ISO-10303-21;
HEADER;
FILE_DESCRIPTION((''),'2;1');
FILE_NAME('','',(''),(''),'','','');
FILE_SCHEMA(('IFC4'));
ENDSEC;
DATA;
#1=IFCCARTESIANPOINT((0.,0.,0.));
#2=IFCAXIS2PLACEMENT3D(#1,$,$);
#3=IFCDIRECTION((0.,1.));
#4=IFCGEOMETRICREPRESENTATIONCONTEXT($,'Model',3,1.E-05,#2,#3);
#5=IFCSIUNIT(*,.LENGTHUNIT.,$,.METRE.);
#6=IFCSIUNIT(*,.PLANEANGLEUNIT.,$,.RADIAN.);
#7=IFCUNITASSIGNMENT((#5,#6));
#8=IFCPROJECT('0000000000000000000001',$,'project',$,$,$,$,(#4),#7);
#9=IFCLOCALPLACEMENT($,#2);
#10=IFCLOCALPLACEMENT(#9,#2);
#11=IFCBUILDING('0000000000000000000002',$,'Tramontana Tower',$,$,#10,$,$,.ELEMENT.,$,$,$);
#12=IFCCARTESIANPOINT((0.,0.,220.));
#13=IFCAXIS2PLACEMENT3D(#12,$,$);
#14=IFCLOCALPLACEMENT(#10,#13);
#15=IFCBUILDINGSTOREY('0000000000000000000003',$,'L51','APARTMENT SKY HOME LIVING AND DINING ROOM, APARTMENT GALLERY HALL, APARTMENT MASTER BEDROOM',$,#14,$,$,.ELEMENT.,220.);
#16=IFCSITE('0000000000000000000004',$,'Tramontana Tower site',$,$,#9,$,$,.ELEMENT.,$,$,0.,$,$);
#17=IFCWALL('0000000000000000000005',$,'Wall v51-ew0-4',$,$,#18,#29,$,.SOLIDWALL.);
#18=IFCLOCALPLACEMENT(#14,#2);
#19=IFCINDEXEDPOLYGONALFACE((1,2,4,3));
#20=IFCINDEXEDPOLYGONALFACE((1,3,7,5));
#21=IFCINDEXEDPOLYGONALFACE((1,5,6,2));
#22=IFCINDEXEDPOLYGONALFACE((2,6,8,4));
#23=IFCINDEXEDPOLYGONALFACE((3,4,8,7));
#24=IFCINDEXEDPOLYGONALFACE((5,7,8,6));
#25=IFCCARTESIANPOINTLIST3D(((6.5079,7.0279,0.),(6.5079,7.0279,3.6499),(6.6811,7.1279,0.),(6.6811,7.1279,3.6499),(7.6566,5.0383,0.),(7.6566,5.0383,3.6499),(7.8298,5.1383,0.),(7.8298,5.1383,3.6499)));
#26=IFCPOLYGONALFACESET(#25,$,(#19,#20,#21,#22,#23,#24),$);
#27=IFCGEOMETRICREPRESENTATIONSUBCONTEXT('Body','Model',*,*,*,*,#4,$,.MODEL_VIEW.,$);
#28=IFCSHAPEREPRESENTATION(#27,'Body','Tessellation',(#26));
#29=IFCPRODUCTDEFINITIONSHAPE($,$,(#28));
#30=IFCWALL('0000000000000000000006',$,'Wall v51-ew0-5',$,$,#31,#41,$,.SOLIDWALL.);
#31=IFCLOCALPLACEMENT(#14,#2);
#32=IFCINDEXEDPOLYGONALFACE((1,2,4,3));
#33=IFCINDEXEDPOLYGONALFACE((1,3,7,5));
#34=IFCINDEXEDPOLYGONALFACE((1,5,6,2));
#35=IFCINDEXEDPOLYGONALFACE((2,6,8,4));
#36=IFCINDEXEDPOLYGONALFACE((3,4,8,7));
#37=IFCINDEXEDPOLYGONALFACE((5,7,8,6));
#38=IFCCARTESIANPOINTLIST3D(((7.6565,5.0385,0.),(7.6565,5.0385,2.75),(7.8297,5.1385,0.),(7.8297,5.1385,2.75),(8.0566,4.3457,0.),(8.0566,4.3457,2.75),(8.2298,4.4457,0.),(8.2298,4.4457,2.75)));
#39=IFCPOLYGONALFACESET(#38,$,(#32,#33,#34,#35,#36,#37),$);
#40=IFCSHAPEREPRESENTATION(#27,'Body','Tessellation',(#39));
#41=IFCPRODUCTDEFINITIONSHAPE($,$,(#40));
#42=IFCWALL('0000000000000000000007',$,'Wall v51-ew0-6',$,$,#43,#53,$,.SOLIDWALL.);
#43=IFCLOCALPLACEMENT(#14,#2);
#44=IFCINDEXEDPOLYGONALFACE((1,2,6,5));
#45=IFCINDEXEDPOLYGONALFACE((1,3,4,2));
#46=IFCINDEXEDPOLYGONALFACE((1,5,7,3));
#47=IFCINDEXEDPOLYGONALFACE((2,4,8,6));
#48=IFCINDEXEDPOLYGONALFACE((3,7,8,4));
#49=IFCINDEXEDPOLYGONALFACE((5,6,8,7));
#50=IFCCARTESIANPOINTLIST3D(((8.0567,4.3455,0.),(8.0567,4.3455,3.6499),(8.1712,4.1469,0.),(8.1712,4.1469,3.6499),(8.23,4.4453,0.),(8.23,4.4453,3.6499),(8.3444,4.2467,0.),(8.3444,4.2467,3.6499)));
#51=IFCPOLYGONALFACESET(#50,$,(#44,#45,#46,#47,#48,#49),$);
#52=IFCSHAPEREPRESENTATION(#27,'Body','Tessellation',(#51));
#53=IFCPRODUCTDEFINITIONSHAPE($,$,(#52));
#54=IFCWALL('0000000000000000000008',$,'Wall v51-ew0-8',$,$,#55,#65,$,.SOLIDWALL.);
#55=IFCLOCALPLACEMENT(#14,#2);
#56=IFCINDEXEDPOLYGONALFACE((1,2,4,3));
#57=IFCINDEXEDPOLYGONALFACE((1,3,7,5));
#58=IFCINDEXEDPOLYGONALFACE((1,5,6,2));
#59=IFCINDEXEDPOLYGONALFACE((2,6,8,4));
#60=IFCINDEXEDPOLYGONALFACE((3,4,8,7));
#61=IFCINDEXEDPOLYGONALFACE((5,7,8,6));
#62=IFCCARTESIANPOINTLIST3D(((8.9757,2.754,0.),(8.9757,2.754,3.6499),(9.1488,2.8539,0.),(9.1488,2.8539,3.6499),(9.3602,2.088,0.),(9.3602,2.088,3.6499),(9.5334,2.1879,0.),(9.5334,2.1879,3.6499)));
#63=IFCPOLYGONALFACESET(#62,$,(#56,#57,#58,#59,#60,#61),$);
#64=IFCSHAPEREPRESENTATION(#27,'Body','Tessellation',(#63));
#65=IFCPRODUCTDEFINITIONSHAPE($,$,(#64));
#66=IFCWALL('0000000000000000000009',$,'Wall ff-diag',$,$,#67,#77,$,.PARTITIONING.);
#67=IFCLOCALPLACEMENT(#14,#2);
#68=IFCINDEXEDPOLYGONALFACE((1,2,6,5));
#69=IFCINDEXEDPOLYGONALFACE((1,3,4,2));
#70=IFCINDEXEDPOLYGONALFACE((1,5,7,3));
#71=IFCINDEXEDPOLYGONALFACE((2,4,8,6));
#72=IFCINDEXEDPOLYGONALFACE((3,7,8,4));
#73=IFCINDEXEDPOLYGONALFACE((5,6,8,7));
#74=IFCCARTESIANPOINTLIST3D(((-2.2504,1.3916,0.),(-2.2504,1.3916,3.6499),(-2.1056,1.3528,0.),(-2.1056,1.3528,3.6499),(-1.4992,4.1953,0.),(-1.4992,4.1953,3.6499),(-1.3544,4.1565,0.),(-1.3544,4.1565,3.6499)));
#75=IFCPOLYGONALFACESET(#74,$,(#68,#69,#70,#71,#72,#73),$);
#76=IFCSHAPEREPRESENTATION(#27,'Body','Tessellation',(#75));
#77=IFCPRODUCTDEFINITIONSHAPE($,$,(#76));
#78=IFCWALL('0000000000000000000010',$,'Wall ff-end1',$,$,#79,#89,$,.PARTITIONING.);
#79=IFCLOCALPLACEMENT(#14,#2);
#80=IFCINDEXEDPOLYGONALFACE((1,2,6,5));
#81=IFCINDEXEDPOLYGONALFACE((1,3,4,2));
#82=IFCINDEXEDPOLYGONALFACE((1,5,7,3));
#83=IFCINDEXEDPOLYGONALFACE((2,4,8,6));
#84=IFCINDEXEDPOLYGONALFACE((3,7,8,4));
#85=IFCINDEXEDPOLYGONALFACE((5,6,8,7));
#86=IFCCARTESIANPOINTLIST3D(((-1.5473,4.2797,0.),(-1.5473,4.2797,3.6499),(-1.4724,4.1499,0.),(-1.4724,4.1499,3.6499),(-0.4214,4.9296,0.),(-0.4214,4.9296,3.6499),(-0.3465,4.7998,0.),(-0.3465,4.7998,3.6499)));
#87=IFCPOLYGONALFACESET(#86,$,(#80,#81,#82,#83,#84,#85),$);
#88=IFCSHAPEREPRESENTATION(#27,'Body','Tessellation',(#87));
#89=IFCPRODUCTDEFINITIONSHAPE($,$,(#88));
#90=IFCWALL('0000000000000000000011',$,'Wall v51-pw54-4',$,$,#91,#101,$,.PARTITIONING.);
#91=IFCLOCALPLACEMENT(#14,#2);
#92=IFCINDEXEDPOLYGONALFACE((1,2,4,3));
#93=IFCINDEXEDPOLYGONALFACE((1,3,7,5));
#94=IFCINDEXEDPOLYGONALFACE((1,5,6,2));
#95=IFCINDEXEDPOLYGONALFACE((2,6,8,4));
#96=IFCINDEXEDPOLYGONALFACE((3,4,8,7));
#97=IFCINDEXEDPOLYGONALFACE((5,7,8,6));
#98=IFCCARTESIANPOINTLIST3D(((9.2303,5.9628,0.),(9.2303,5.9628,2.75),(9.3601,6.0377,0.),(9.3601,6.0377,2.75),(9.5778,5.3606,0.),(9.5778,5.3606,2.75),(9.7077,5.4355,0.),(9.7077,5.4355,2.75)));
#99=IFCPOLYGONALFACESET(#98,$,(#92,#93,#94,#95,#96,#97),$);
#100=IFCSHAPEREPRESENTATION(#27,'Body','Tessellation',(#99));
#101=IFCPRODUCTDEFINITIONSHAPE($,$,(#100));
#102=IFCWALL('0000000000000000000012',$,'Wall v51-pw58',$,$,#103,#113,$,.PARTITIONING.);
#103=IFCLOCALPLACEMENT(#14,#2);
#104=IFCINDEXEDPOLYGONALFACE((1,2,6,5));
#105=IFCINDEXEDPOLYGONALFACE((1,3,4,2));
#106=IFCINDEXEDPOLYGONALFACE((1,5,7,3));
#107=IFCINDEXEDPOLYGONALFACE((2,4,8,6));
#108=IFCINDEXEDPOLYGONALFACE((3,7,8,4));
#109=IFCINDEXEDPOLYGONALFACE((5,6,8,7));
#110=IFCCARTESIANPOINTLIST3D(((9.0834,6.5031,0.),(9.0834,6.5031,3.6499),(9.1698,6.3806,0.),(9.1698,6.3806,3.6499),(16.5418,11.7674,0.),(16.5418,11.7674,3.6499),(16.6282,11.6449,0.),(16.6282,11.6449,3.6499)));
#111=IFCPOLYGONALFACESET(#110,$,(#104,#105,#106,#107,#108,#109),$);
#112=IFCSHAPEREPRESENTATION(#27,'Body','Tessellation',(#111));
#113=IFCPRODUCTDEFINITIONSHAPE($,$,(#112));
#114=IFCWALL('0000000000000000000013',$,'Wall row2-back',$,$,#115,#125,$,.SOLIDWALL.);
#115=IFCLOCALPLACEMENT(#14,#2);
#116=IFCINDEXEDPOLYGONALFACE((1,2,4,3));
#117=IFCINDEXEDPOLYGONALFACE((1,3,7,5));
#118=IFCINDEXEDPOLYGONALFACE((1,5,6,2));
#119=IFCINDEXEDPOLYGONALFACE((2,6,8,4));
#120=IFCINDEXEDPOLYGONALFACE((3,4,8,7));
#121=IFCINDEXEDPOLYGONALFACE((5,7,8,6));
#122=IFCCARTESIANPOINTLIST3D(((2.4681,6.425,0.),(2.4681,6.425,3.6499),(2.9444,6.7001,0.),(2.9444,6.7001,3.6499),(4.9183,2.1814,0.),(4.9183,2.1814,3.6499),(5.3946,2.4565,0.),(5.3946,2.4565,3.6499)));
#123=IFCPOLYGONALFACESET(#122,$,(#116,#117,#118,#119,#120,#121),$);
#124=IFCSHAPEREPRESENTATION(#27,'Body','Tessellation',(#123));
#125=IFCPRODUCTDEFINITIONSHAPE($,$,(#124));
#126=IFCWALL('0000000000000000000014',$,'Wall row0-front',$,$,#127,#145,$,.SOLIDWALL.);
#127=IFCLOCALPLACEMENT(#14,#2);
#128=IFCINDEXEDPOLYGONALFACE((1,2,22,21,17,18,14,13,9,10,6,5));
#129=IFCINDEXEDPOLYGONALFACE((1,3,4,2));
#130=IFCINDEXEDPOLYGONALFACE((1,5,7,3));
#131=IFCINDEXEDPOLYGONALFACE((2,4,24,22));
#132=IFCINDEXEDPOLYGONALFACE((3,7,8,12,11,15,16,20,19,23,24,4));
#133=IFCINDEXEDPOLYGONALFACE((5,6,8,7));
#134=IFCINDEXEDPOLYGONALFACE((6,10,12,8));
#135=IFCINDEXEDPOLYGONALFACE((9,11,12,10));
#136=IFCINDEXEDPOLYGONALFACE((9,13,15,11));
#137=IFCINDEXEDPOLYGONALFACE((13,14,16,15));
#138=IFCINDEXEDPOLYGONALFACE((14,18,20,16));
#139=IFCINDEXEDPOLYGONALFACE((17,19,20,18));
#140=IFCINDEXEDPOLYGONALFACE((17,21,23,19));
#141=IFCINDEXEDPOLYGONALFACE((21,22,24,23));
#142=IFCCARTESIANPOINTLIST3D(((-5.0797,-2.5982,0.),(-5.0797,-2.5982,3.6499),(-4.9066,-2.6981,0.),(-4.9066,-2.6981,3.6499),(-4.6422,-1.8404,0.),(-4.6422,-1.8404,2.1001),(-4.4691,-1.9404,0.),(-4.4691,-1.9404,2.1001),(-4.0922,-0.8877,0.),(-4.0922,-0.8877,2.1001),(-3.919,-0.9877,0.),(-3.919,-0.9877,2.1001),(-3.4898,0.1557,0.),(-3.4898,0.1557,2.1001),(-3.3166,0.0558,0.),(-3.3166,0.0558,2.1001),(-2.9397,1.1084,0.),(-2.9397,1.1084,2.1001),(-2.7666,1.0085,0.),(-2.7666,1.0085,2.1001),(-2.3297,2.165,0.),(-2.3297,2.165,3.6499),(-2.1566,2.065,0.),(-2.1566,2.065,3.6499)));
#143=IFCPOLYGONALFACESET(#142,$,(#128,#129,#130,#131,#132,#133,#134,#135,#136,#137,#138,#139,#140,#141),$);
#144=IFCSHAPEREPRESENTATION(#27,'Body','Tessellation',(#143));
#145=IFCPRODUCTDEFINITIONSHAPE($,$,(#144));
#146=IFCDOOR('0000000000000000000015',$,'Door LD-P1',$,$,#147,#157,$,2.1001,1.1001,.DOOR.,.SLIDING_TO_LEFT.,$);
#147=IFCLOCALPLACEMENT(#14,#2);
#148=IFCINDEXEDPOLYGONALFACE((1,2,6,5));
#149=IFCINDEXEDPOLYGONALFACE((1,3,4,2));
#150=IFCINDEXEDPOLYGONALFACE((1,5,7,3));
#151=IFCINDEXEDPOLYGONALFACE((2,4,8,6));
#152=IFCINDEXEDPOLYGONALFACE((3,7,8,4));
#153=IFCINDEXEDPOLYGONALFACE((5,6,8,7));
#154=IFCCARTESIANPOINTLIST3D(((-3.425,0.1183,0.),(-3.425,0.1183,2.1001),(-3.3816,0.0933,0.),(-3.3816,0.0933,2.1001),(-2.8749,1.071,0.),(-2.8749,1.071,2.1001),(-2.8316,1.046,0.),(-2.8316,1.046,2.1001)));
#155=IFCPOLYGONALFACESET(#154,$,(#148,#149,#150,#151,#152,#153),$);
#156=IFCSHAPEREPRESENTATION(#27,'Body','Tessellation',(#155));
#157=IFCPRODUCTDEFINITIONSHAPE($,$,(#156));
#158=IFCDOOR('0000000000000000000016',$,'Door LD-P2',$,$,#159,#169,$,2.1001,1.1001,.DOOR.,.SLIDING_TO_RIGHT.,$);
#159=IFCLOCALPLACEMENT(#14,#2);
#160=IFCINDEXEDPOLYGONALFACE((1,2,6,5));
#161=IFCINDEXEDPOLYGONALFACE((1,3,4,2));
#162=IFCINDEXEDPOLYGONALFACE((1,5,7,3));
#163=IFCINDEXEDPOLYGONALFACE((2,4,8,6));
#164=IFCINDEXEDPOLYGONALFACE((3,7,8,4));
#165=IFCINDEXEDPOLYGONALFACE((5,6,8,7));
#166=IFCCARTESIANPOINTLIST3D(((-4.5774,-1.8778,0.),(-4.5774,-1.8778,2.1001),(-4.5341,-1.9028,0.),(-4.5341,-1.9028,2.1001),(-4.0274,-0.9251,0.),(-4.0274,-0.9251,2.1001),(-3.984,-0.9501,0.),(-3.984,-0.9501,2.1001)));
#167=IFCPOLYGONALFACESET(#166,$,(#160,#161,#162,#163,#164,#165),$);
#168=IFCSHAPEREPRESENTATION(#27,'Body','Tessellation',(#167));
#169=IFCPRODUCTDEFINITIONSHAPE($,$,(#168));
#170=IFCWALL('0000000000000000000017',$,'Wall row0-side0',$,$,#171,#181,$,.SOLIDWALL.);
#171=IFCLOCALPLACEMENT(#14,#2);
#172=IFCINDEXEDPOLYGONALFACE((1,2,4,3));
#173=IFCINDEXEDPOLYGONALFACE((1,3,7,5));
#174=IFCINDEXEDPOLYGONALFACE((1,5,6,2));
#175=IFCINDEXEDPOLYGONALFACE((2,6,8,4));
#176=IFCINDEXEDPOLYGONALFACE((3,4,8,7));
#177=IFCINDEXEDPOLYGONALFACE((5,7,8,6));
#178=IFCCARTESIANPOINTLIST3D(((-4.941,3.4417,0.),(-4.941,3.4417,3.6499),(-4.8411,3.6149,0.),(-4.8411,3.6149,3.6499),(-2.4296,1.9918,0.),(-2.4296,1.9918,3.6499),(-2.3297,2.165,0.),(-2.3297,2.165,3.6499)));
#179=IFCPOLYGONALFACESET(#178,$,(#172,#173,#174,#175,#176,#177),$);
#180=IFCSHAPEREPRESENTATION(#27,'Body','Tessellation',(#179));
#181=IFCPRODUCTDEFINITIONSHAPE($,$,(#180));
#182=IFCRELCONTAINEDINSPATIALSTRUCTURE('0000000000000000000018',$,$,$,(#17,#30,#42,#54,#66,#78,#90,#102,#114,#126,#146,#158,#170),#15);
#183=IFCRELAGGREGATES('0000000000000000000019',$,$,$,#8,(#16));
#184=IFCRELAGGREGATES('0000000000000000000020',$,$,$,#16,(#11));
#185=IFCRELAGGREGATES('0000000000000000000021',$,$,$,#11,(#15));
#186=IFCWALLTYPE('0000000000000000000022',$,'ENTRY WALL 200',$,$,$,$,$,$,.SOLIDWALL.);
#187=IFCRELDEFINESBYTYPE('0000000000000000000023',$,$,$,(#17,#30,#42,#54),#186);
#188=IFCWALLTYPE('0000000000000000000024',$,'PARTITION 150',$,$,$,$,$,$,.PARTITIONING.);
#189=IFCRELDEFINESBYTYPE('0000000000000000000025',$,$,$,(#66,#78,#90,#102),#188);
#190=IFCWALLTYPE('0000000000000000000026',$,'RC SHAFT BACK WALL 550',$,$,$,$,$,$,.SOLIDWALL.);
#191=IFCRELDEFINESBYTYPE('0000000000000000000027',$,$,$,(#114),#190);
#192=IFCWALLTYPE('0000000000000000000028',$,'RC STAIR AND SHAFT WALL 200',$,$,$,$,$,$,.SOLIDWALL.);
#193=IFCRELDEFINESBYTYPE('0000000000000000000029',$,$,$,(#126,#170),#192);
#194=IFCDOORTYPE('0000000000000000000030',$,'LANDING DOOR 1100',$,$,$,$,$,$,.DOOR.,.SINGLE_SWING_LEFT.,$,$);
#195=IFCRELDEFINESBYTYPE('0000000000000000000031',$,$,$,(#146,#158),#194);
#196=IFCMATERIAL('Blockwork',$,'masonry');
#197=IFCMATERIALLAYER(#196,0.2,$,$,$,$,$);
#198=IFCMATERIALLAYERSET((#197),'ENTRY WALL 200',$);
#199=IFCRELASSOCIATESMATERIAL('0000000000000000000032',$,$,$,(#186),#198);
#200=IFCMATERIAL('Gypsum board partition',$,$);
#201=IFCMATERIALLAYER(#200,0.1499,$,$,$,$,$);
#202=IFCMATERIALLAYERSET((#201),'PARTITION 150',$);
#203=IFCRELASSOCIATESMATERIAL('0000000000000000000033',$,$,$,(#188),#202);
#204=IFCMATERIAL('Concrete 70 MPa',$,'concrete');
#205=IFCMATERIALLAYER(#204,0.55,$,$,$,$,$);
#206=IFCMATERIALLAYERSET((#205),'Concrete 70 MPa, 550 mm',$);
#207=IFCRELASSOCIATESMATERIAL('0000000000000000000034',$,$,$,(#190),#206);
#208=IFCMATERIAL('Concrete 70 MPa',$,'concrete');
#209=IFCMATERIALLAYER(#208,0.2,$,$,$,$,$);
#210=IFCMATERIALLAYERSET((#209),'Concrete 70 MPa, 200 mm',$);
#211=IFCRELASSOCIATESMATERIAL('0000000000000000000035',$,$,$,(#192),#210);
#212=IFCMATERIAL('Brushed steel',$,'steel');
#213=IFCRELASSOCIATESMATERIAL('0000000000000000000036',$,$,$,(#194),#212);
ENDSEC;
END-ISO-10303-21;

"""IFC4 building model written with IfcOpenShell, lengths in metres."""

from ifc_helpers import new_model, si_unit, direction, frame, frame_2d, origin, place, context, subcontext, project, spatial, rectangle, extrude, material, layer, layer_set, type_object, element, fill, save


model = new_model("IFC4")

# Units and contexts
model_context = context("Model", 3, precision=1e-05, world=origin(), true_north=direction((0.0, 1.0)))
body_context = subcontext(model_context, "Body", "Model", "MODEL_VIEW")
ifc_project = project(units=[si_unit("LENGTHUNIT", "METRE"), si_unit("PLANEANGLEUNIT", "RADIAN")], contexts=[model_context])

# Site, building, storey
site_placement = place(None, origin())
site = spatial("IfcSite", under=ifc_project, at=site_placement, Name="Tramontana Tower site", CompositionType="ELEMENT", RefElevation=0.0)
building_placement = place(site_placement, origin())
building = spatial("IfcBuilding", under=site, at=building_placement, Name="Tramontana Tower", CompositionType="ELEMENT")
storey_placement = place(building_placement, frame((0.0, 0.0, 220.0)))
storey = spatial("IfcBuildingStorey", under=building, at=storey_placement, Name="L51", Description="APARTMENT SKY HOME LIVING AND DINING ROOM, APARTMENT GALLERY HALL, APARTMENT MASTER BEDROOM", CompositionType="ELEMENT", Elevation=220.0)

# Walls
ifc_material_1 = material(Name="Blockwork", Category="masonry")
ifc_layer_1 = layer(ifc_material_1, 0.2)
ifc_layer_set_1 = layer_set([ifc_layer_1], Name="ENTRY WALL 200")
wall_type_1 = type_object("IfcWallType", Name="ENTRY WALL 200", PredefinedType="SOLIDWALL", material=ifc_layer_set_1)
wall_1_placement = place(storey_placement, frame((6.5945, 7.0779, 0.0), z_axis=(0.0, 0.0, 1.0), x_axis=(0.500014, -0.866017, 0.0)))
element("IfcWall", 1, at=wall_1_placement, inside=storey, type_object=wall_type_1, Name="Wall v51-ew0-4", PredefinedType="SOLIDWALL", context=body_context, shape_type="SweptSolid", body=[
    extrude(rectangle(XDim=2.2974, YDim=0.2, at=frame_2d((1.1487, 0.0))), origin(), (0.0, 0.0, 1.0), 3.6499),
])
wall_2_placement = place(storey_placement, frame((7.7432, 5.0884, 0.0), z_axis=(0.0, 0.0, 1.0), x_axis=(0.50011, -0.865962, 0.0)))
element("IfcWall", 2, at=wall_2_placement, inside=storey, type_object=wall_type_1, Name="Wall v51-ew0-5", PredefinedType="SOLIDWALL", context=body_context, shape_type="SweptSolid", body=[
    extrude(rectangle(XDim=0.8, YDim=0.2, at=frame_2d((0.3999, 0.0))), origin(), (0.0, 0.0, 1.0), 2.75),
])
wall_3_placement = place(storey_placement, frame((8.1433, 4.3955, 0.0), z_axis=(0.0, 0.0, 1.0), x_axis=(0.499231, -0.866469, 0.0)))
element("IfcWall", 3, at=wall_3_placement, inside=storey, type_object=wall_type_1, Name="Wall v51-ew0-6", PredefinedType="SOLIDWALL", context=body_context, shape_type="SweptSolid", body=[
    extrude(rectangle(XDim=0.2292, YDim=0.2, at=frame_2d((0.1147, 0.0))), origin(), (0.0, 0.0, 1.0), 3.6499),
])

# Walls
wall_4_placement = place(storey_placement, frame((9.0623, 2.804, 0.0), z_axis=(0.0, 0.0, 1.0), x_axis=(0.499997, -0.866027, 0.0)))
element("IfcWall", 4, at=wall_4_placement, inside=storey, type_object=wall_type_1, Name="Wall v51-ew0-8", PredefinedType="SOLIDWALL", context=body_context, shape_type="SweptSolid", body=[
    extrude(rectangle(XDim=0.769, YDim=0.2, at=frame_2d((0.3845, 0.0))), origin(), (0.0, 0.0, 1.0), 3.6499),
])
ifc_material_2 = material(Name="Gypsum board partition")
ifc_layer_2 = layer(ifc_material_2, 0.1499)
ifc_layer_set_2 = layer_set([ifc_layer_2], Name="PARTITION 150")
wall_type_2 = type_object("IfcWallType", Name="PARTITION 150", PredefinedType="PARTITIONING", material=ifc_layer_set_2)
wall_5_placement = place(storey_placement, frame((-2.178, 1.3723, 0.0), z_axis=(0.0, 0.0, 1.0), x_axis=(0.258809, 0.965929, 0.0)))
element("IfcWall", 5, at=wall_5_placement, inside=storey, type_object=wall_type_2, Name="Wall ff-diag", PredefinedType="PARTITIONING", context=body_context, shape_type="SweptSolid", body=[
    extrude(rectangle(XDim=2.9026, YDim=0.1499, at=frame_2d((1.4512, 0.0))), origin(), (0.0, 0.0, 1.0), 3.6499),
])
wall_6_placement = place(storey_placement, frame((-1.5098, 4.2148, 0.0), z_axis=(0.0, 0.0, 1.0), x_axis=(0.866086, 0.499896, 0.0)))
element("IfcWall", 6, at=wall_6_placement, inside=storey, type_object=wall_type_2, Name="Wall ff-end1", PredefinedType="PARTITIONING", context=body_context, shape_type="SweptSolid", body=[
    extrude(rectangle(XDim=1.3, YDim=0.1499, at=frame_2d((0.6499, 0.0))), origin(), (0.0, 0.0, 1.0), 3.6499),
])
wall_7_placement = place(storey_placement, frame((9.2952, 6.0002, 0.0), z_axis=(0.0, 0.0, 1.0), x_axis=(0.499915, -0.866075, 0.0)))
element("IfcWall", 7, at=wall_7_placement, inside=storey, type_object=wall_type_2, Name="Wall v51-pw54-4", PredefinedType="PARTITIONING", context=body_context, shape_type="SweptSolid", body=[
    extrude(rectangle(XDim=0.6953, YDim=0.1499, at=frame_2d((0.3477, 0.0))), origin(), (0.0, 0.0, 1.0), 2.75),
])
wall_8_placement = place(storey_placement, frame((9.1267, 6.4419, 0.0), z_axis=(0.0, 0.0, 1.0), x_axis=(0.816989, 0.576653, 0.0)))
element("IfcWall", 8, at=wall_8_placement, inside=storey, type_object=wall_type_2, Name="Wall v51-pw58", PredefinedType="PARTITIONING", context=body_context, shape_type="SweptSolid", body=[
    extrude(rectangle(XDim=9.1292, YDim=0.1499, at=frame_2d((4.5645, 0.0))), origin(), (0.0, 0.0, 1.0), 3.6499),
])
ifc_material_3 = material(Name="Concrete 70 MPa", Category="concrete")
ifc_layer_3 = layer(ifc_material_3, 0.55)
ifc_layer_set_3 = layer_set([ifc_layer_3], Name="Concrete 70 MPa, 550 mm")
wall_type_3 = type_object("IfcWallType", Name="RC SHAFT BACK WALL 550", PredefinedType="SOLIDWALL", material=ifc_layer_set_3)
wall_9_placement = place(storey_placement, frame((5.1565, 2.3188, 0.0), z_axis=(0.0, 0.0, 1.0), x_axis=(-0.500019, 0.866015, 0.0)))
element("IfcWall", 9, at=wall_9_placement, inside=storey, type_object=wall_type_3, Name="Wall row2-back", PredefinedType="SOLIDWALL", context=body_context, shape_type="SweptSolid", body=[
    extrude(rectangle(XDim=4.9001, YDim=0.55, at=frame_2d((2.4502, 0.0))), origin(), (0.0, 0.0, 1.0), 3.6499),
])

# Shared definitions
ifc_material_4 = material(Name="Concrete 70 MPa", Category="concrete")
ifc_layer_4 = layer(ifc_material_4, 0.2)
ifc_layer_set_4 = layer_set([ifc_layer_4], Name="Concrete 70 MPa, 200 mm")
wall_type_4 = type_object("IfcWallType", Name="RC STAIR AND SHAFT WALL 200", PredefinedType="SOLIDWALL", material=ifc_layer_set_4)

# Wall, openings, doors
wall_10_placement = place(storey_placement, frame((-2.2432, 2.115, 0.0), z_axis=(0.0, 0.0, 1.0), x_axis=(-0.499997, -0.866027, 0.0)))
wall_10 = element("IfcWall", 10, at=wall_10_placement, inside=storey, type_object=wall_type_4, Name="Wall row0-front", PredefinedType="SOLIDWALL", context=body_context, shape_type="SweptSolid", body=[
    extrude(rectangle(XDim=5.5, YDim=0.2, at=frame_2d((2.75, 0.0))), origin(), (0.0, 0.0, 1.0), 3.6499),
])
opening_1_placement = place(wall_10_placement, frame((1.22, 0.0, 0.0)))
opening_1 = element("IfcOpeningElement", 11, at=opening_1_placement, cuts=wall_10, PredefinedType="OPENING", context=body_context, shape_type="SweptSolid", body=[
    extrude(rectangle(XDim=1.1001, YDim=2.1001, at=frame_2d((0.55, 1.05))), frame((0.0, 0.1099, 0.0), z_axis=(0.0, -1.0, 0.0), x_axis=(1.0, 0.0, 0.0)), (0.0, 0.0, 1.0), 0.22),
])
opening_2_placement = place(wall_10_placement, frame((3.5249, 0.0, 0.0)))
opening_2 = element("IfcOpeningElement", 12, at=opening_2_placement, cuts=wall_10, PredefinedType="OPENING", context=body_context, shape_type="SweptSolid", body=[
    extrude(rectangle(XDim=1.1001, YDim=2.1001, at=frame_2d((0.55, 1.05))), frame((0.0, 0.1099, 0.0), z_axis=(0.0, -1.0, 0.0), x_axis=(1.0, 0.0, 0.0)), (0.0, 0.0, 1.0), 0.22),
])
ifc_material_5 = material(Name="Brushed steel", Category="steel")
door_type_1 = type_object("IfcDoorType", Name="LANDING DOOR 1100", OperationType="SINGLE_SWING_LEFT", PredefinedType="DOOR", material=ifc_material_5)
door_1_placement = place(opening_1_placement, origin())
door_1 = element("IfcDoor", 13, at=door_1_placement, inside=storey, type_object=door_type_1, Name="Door LD-P1", OperationType="SLIDING_TO_LEFT", OverallHeight=2.1001, OverallWidth=1.1001, PredefinedType="DOOR", context=body_context, shape_type="SweptSolid", body=[
    extrude(rectangle(XDim=1.1001, YDim=2.1001, at=frame_2d((0.55, 1.05))), frame((0.0, 0.0249, 0.0), z_axis=(0.0, -1.0, 0.0), x_axis=(1.0, 0.0, 0.0)), (0.0, 0.0, 1.0), 0.05),
])
fill(opening_1, door_1)
door_2_placement = place(opening_2_placement, origin())
door_2 = element("IfcDoor", 14, at=door_2_placement, inside=storey, type_object=door_type_1, Name="Door LD-P2", OperationType="SLIDING_TO_RIGHT", OverallHeight=2.1001, OverallWidth=1.1001, PredefinedType="DOOR", context=body_context, shape_type="SweptSolid", body=[
    extrude(rectangle(XDim=1.1001, YDim=2.1001, at=frame_2d((0.55, 1.05))), frame((0.0, 0.0249, 0.0), z_axis=(0.0, -1.0, 0.0), x_axis=(1.0, 0.0, 0.0)), (0.0, 0.0, 1.0), 0.05),
])
fill(opening_2, door_2)

# Wall
wall_11_placement = place(storey_placement, frame((-2.3796, 2.0784, 0.0), z_axis=(0.0, 0.0, 1.0), x_axis=(-0.866033, 0.499987, 0.0)))
element("IfcWall", 15, at=wall_11_placement, inside=storey, type_object=wall_type_4, Name="Wall row0-side0", PredefinedType="SOLIDWALL", context=body_context, shape_type="SweptSolid", body=[
    extrude(rectangle(XDim=2.8999, YDim=0.2, at=frame_2d((1.45, 0.0))), origin(), (0.0, 0.0, 1.0), 3.6499),
])

save(model, "model.ifc")
